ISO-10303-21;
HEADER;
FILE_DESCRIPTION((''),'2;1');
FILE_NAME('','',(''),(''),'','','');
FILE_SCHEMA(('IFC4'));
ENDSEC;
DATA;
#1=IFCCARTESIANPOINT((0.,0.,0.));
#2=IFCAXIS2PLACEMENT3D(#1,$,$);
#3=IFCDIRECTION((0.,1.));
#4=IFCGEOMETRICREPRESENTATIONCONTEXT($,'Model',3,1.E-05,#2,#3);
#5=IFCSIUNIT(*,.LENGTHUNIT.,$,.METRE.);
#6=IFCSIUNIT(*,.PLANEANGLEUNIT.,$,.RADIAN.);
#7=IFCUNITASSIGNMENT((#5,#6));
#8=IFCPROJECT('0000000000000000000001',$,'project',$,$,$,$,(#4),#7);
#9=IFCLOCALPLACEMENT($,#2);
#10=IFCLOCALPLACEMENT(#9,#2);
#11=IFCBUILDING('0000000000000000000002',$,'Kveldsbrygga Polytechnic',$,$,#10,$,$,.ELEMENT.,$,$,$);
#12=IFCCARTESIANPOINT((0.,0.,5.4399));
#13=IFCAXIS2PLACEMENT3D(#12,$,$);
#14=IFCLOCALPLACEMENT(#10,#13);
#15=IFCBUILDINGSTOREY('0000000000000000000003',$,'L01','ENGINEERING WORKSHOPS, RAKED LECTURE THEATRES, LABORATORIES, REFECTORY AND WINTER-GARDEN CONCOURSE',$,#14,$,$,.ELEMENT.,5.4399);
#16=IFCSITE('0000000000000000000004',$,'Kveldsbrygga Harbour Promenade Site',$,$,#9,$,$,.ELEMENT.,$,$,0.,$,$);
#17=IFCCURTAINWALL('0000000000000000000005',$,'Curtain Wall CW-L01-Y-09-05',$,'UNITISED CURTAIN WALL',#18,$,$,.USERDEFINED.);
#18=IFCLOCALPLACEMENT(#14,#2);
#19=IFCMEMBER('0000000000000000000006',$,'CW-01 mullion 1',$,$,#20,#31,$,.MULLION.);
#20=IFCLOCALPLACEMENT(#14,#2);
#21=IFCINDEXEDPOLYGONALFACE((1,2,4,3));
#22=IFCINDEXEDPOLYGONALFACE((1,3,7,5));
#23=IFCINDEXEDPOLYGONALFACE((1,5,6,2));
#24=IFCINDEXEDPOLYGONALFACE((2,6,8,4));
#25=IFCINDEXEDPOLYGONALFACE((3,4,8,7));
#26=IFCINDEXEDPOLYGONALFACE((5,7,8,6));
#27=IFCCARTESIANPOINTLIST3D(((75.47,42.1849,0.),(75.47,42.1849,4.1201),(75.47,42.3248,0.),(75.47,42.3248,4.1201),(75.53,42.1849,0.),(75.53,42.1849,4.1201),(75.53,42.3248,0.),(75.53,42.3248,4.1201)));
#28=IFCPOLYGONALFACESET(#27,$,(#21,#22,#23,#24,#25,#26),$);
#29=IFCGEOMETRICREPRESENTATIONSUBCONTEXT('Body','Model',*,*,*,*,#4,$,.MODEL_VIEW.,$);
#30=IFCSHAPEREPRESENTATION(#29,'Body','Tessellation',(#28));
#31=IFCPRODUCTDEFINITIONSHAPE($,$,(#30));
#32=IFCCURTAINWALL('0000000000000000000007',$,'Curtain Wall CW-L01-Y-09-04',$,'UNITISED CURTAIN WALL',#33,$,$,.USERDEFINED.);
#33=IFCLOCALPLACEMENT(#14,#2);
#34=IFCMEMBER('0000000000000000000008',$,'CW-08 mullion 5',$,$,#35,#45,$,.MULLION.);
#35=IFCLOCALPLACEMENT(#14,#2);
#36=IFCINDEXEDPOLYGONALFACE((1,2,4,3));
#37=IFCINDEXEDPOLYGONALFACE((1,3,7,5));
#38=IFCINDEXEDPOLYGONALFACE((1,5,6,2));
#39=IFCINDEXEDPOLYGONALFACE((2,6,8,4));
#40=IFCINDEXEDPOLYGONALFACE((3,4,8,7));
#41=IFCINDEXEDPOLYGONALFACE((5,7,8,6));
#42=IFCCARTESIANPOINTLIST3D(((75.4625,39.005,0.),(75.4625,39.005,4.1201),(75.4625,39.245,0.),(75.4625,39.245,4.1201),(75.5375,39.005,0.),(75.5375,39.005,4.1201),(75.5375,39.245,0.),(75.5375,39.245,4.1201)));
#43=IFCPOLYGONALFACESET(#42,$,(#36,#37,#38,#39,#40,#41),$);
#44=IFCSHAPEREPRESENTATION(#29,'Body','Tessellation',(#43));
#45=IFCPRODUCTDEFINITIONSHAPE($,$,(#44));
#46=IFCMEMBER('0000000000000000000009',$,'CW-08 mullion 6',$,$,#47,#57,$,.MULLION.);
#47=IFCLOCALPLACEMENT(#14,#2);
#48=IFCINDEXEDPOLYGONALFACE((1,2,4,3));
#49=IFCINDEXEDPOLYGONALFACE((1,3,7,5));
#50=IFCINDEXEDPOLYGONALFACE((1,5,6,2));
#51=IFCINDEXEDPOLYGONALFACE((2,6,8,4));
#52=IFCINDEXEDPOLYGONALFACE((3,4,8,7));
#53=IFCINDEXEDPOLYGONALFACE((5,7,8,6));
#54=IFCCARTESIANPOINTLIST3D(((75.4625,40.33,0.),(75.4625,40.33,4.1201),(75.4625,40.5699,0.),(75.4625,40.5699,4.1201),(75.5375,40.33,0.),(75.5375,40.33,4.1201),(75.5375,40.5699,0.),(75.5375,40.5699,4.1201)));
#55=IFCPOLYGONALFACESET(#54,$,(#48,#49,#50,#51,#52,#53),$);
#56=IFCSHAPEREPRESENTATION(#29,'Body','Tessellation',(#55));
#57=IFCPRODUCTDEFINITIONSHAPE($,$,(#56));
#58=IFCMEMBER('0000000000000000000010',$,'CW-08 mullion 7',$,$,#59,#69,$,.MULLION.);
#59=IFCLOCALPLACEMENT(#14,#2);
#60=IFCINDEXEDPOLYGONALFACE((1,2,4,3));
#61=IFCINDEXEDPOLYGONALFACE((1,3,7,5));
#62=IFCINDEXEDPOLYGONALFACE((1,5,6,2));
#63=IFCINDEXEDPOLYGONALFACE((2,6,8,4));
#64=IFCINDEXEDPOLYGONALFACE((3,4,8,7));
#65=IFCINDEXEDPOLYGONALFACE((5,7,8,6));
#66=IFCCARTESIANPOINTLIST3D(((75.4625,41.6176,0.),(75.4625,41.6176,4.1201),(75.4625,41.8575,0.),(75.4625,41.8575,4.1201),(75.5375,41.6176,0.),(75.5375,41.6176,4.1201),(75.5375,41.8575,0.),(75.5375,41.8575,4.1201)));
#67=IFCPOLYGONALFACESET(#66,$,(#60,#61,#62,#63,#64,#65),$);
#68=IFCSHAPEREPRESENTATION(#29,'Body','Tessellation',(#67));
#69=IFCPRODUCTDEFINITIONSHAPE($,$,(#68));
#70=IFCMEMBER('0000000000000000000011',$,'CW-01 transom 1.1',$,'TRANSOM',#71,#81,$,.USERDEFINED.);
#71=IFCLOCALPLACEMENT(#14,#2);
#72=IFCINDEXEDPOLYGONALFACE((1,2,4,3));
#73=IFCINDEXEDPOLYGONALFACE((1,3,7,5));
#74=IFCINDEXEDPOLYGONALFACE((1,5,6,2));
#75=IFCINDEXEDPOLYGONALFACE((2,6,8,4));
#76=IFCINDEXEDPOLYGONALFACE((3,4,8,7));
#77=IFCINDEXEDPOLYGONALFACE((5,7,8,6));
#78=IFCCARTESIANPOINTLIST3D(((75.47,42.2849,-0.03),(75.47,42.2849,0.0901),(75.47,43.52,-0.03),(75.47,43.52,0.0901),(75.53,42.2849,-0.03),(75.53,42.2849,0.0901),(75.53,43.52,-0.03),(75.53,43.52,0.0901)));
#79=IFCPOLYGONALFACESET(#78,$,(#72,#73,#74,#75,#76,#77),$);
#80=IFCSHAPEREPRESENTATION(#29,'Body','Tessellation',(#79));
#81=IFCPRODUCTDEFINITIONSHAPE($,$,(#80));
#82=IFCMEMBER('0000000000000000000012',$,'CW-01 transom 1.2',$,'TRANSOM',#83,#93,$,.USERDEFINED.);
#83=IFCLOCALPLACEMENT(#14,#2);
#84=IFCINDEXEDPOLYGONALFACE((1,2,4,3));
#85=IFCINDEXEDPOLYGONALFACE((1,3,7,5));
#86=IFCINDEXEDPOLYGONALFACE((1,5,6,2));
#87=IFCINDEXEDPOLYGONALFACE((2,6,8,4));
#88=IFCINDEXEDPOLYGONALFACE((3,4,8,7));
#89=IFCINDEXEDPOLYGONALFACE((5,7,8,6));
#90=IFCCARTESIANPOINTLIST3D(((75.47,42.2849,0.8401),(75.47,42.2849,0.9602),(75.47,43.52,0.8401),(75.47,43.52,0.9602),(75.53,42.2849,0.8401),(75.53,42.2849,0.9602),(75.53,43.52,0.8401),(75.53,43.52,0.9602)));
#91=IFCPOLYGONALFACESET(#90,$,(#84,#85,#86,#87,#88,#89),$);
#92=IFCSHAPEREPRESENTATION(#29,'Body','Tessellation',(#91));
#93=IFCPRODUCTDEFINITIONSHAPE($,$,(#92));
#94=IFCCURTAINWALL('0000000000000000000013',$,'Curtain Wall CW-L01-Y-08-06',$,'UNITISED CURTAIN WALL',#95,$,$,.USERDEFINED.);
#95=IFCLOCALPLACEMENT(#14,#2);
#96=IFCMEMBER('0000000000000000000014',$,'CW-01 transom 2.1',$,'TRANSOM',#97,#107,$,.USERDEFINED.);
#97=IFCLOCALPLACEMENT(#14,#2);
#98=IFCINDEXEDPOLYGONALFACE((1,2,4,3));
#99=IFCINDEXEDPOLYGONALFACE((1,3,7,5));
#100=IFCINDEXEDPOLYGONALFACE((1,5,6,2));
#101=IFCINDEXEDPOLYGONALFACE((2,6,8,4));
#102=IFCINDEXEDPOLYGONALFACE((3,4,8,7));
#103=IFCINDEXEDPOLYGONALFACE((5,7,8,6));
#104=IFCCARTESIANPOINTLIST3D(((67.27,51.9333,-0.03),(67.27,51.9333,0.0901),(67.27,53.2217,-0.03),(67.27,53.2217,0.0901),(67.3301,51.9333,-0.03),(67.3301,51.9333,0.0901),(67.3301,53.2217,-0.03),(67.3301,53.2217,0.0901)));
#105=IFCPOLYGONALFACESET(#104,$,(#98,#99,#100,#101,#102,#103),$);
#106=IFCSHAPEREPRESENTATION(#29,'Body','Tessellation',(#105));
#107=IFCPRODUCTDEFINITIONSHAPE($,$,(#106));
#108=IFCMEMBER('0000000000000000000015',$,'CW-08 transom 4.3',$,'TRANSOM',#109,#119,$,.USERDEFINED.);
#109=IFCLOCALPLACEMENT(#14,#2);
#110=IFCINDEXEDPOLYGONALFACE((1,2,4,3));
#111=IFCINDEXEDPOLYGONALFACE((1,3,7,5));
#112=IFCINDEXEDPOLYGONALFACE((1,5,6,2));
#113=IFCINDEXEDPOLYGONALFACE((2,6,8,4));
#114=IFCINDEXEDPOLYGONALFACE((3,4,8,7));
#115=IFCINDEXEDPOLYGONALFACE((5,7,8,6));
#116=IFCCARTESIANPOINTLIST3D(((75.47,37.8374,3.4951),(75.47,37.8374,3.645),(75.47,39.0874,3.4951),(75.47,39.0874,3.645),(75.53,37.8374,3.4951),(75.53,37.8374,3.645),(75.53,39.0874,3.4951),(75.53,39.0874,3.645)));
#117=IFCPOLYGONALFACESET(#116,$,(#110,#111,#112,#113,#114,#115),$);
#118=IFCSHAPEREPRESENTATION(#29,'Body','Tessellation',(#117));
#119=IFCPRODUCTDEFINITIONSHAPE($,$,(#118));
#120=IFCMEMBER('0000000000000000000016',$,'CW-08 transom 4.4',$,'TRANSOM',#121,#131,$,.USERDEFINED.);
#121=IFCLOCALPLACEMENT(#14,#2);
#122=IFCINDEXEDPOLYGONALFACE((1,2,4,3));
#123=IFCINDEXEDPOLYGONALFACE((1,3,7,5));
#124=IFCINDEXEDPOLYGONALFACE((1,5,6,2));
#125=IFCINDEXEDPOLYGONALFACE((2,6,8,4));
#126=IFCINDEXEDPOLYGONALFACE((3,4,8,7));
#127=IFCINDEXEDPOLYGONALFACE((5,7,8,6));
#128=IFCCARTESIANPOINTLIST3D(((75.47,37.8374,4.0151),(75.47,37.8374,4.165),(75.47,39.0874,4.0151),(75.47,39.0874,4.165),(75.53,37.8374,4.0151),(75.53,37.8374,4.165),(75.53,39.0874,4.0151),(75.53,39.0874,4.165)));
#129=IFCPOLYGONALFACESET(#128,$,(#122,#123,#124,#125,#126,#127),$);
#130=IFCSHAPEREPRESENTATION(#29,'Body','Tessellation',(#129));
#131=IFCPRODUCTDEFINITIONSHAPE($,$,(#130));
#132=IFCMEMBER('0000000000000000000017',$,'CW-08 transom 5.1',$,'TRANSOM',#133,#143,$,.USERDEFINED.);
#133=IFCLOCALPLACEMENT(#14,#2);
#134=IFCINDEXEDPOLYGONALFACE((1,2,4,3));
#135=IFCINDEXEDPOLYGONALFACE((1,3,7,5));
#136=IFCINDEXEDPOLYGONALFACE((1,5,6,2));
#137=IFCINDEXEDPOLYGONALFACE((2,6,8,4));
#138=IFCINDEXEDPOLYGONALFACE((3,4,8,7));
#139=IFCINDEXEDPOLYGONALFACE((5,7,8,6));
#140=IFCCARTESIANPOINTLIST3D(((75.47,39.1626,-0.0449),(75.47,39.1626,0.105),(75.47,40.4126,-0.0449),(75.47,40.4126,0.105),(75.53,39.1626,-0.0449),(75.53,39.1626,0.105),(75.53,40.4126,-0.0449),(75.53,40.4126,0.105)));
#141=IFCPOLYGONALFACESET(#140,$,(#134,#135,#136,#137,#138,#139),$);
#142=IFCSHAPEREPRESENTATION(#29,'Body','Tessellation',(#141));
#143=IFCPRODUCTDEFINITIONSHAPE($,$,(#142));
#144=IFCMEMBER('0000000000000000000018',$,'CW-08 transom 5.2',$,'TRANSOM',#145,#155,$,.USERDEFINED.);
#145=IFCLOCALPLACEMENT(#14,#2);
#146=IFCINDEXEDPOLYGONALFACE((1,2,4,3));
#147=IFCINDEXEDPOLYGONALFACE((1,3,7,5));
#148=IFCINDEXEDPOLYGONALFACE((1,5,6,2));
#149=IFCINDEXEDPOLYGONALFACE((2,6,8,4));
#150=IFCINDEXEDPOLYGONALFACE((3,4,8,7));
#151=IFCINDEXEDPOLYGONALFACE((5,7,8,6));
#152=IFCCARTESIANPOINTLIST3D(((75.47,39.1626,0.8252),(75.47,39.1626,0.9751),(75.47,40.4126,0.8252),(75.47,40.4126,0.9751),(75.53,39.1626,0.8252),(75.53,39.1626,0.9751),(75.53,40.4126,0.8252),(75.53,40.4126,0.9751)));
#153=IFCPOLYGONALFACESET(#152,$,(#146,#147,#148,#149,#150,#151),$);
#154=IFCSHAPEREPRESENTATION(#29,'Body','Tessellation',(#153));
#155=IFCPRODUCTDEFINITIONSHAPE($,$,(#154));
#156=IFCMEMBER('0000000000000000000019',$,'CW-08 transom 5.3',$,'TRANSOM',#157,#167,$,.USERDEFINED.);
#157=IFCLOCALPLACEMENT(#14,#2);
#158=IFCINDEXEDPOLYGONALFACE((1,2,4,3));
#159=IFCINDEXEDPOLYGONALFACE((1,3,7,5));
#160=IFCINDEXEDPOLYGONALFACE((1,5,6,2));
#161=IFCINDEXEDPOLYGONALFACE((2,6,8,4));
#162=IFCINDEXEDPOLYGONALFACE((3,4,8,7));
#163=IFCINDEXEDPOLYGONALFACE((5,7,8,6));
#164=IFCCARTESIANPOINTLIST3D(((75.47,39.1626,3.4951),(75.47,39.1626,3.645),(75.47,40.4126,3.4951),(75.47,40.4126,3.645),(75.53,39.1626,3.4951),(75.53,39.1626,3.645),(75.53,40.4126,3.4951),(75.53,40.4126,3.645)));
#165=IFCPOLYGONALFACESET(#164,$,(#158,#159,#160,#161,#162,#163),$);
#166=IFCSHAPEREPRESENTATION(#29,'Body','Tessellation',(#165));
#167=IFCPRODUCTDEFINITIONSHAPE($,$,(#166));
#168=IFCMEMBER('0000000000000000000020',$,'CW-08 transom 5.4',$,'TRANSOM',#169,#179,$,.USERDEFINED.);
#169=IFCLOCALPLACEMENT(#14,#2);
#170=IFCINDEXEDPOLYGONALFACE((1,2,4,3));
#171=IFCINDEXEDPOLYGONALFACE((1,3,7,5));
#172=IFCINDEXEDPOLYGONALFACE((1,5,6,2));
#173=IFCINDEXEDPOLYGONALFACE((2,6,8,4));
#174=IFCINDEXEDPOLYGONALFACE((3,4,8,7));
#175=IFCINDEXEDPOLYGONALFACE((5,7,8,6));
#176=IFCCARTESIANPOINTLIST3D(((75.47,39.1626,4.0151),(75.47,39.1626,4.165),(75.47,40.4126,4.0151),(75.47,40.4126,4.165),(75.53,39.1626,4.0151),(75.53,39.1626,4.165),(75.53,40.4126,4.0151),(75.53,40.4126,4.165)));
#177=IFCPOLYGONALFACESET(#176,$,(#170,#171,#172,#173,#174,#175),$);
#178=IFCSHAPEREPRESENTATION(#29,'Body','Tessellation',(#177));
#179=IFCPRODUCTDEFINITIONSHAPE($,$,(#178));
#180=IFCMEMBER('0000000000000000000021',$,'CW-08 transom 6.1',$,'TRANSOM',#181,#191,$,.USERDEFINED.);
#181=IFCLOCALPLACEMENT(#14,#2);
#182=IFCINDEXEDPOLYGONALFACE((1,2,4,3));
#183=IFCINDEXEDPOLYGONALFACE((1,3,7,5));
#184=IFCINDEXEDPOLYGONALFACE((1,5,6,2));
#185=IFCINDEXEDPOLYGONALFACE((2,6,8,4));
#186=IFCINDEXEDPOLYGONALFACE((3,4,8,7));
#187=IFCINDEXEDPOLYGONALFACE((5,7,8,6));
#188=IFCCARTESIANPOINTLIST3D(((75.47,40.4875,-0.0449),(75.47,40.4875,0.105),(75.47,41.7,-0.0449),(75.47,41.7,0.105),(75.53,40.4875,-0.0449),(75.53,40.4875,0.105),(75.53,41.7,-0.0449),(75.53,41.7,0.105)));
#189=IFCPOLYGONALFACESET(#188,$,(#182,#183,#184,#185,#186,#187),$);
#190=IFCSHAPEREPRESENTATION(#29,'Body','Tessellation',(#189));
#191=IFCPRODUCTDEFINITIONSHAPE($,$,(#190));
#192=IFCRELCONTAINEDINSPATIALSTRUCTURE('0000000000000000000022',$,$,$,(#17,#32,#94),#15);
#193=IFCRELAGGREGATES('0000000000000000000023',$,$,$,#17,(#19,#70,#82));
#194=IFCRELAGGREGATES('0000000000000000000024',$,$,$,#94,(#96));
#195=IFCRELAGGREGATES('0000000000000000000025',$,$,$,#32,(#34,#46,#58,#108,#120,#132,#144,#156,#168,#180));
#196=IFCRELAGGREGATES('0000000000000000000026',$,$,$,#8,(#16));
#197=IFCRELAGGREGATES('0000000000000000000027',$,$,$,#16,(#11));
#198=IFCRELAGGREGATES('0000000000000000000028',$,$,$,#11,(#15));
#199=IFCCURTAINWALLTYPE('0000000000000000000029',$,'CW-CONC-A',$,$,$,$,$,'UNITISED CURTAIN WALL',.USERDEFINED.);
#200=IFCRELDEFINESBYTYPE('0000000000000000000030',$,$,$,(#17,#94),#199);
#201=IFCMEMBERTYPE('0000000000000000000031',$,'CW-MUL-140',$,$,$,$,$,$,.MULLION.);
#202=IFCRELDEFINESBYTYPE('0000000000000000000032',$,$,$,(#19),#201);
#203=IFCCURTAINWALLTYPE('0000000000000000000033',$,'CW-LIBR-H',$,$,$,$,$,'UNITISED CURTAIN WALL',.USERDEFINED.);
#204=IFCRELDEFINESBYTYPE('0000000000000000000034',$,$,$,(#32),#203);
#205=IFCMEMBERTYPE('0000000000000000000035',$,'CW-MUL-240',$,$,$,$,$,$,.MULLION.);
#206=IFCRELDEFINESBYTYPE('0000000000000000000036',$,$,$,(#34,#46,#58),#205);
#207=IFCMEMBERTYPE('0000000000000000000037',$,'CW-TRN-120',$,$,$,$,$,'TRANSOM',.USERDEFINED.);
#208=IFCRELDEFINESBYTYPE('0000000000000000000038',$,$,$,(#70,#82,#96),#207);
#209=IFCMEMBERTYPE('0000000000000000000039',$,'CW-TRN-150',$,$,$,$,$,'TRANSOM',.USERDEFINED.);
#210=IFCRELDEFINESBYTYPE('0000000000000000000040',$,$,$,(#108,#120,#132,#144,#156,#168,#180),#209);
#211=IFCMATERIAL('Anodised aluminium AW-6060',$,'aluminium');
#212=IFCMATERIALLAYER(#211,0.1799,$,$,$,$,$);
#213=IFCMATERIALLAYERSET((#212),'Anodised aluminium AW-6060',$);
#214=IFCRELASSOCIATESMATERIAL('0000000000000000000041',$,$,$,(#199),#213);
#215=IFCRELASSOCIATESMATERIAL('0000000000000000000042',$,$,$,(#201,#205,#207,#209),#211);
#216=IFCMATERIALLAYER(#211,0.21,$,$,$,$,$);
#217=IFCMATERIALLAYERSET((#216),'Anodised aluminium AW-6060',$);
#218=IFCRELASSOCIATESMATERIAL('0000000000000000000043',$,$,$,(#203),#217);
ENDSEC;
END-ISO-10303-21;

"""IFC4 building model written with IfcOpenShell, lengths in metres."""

from ifc_helpers import new_model, si_unit, direction, frame, origin, origin_2d, place, context, subcontext, project, spatial, rectangle, extrude, material, layer, layer_set, material_profile, profile_set, type_object, element, aggregate, save


model = new_model("IFC4")

# Units and contexts
model_context = context("Model", 3, precision=1e-05, world=origin(), true_north=direction((0.0, 1.0)))
body_context = subcontext(model_context, "Body", "Model", "MODEL_VIEW")
ifc_project = project(units=[si_unit("LENGTHUNIT", "METRE"), si_unit("PLANEANGLEUNIT", "RADIAN")], contexts=[model_context])

# Site, building, storey
site_placement = place(None, origin())
site = spatial("IfcSite", under=ifc_project, at=site_placement, Name="Kveldsbrygga Harbour Promenade Site", CompositionType="ELEMENT", RefElevation=0.0)
building_placement = place(site_placement, origin())
building = spatial("IfcBuilding", under=site, at=building_placement, Name="Kveldsbrygga Polytechnic", CompositionType="ELEMENT")
storey_placement = place(building_placement, frame((0.0, 0.0, 5.4399)))
storey = spatial("IfcBuildingStorey", under=building, at=storey_placement, Name="L01", Description="ENGINEERING WORKSHOPS, RAKED LECTURE THEATRES, LABORATORIES, REFECTORY AND WINTER-GARDEN CONCOURSE", CompositionType="ELEMENT", Elevation=5.4399)

# Curtain wall, member
ifc_material_1 = material(Name="Anodised aluminium AW-6060", Category="aluminium")
ifc_layer_1 = layer(ifc_material_1, 0.1799)
ifc_layer_set_1 = layer_set([ifc_layer_1], Name="Anodised aluminium AW-6060")
curtain_wall_type_1 = type_object("IfcCurtainWallType", Name="CW-CONC-A", ElementType="UNITISED CURTAIN WALL", PredefinedType="USERDEFINED", material=ifc_layer_set_1)
curtain_wall_1_placement = place(storey_placement, origin())
curtain_wall_1 = element("IfcCurtainWall", 1, at=curtain_wall_1_placement, inside=storey, type_object=curtain_wall_type_1, Name="Curtain Wall CW-L01-Y-09-05", ObjectType="UNITISED CURTAIN WALL", PredefinedType="USERDEFINED")
ifc_material_profile_1 = material_profile(ifc_material_1, rectangle(XDim=0.0601, YDim=0.1399, at=origin_2d()), Name="ALU 60x140")
ifc_profile_set_1 = profile_set([ifc_material_profile_1], Name="Anodised aluminium AW-6060")
member_type_1 = type_object("IfcMemberType", Name="CW-MUL-140", PredefinedType="MULLION", material=ifc_profile_set_1)
member_1_placement = place(storey_placement, frame((75.5, 42.2549, 0.0), z_axis=(0.0, 0.0, 1.0), x_axis=(-1.0, 0.0, 0.0)))
member_1 = element("IfcMember", 2, at=member_1_placement, type_object=member_type_1, Name="CW-01 mullion 1", PredefinedType="MULLION", context=body_context, shape_type="SweptSolid", body=[
    extrude(rectangle(XDim=0.0601, YDim=0.1399, at=origin_2d()), origin(), (0.0, 0.0, 1.0), 4.1201),
])

# Curtain wall, members
ifc_layer_2 = layer(ifc_material_1, 0.21)
ifc_layer_set_2 = layer_set([ifc_layer_2], Name="Anodised aluminium AW-6060")
curtain_wall_type_2 = type_object("IfcCurtainWallType", Name="CW-LIBR-H", ElementType="UNITISED CURTAIN WALL", PredefinedType="USERDEFINED", material=ifc_layer_set_2)
curtain_wall_2_placement = place(storey_placement, origin())
curtain_wall_2 = element("IfcCurtainWall", 3, at=curtain_wall_2_placement, inside=storey, type_object=curtain_wall_type_2, Name="Curtain Wall CW-L01-Y-09-04", ObjectType="UNITISED CURTAIN WALL", PredefinedType="USERDEFINED")
ifc_material_profile_2 = material_profile(ifc_material_1, rectangle(XDim=0.075, YDim=0.24, at=origin_2d()), Name="ALU 75x240")
ifc_profile_set_2 = profile_set([ifc_material_profile_2], Name="Anodised aluminium AW-6060")
member_type_2 = type_object("IfcMemberType", Name="CW-MUL-240", PredefinedType="MULLION", material=ifc_profile_set_2)
member_2_placement = place(storey_placement, frame((75.5, 39.125, 0.0), z_axis=(0.0, 0.0, 1.0), x_axis=(-1.0, 0.0, 0.0)))
member_2 = element("IfcMember", 4, at=member_2_placement, type_object=member_type_2, Name="CW-08 mullion 5", PredefinedType="MULLION", context=body_context, shape_type="SweptSolid", body=[
    extrude(rectangle(XDim=0.075, YDim=0.24, at=origin_2d()), origin(), (0.0, 0.0, 1.0), 4.1201),
])
member_3_placement = place(storey_placement, frame((75.5, 40.45, 0.0), z_axis=(0.0, 0.0, 1.0), x_axis=(-1.0, 0.0, 0.0)))
member_3 = element("IfcMember", 5, at=member_3_placement, type_object=member_type_2, Name="CW-08 mullion 6", PredefinedType="MULLION", context=body_context, shape_type="SweptSolid", body=[
    extrude(rectangle(XDim=0.075, YDim=0.24, at=origin_2d()), origin(), (0.0, 0.0, 1.0), 4.1201),
])
member_4_placement = place(storey_placement, frame((75.5, 41.7375, 0.0), z_axis=(0.0, 0.0, 1.0), x_axis=(-1.0, 0.0, 0.0)))
member_4 = element("IfcMember", 6, at=member_4_placement, type_object=member_type_2, Name="CW-08 mullion 7", PredefinedType="MULLION", context=body_context, shape_type="SweptSolid", body=[
    extrude(rectangle(XDim=0.075, YDim=0.24, at=origin_2d()), origin(), (0.0, 0.0, 1.0), 4.1201),
])

# Members
ifc_material_profile_3 = material_profile(ifc_material_1, rectangle(XDim=0.0601, YDim=0.1201, at=origin_2d()), Name="ALU 60x120")
ifc_profile_set_3 = profile_set([ifc_material_profile_3], Name="Anodised aluminium AW-6060")
member_type_3 = type_object("IfcMemberType", Name="CW-TRN-120", ElementType="TRANSOM", PredefinedType="USERDEFINED", material=ifc_profile_set_3)
member_5_placement = place(storey_placement, frame((75.5, 42.2849, 0.03), z_axis=(0.0, 1.0, 0.0), x_axis=(-1.0, 0.0, 0.0)))
member_5 = element("IfcMember", 7, at=member_5_placement, type_object=member_type_3, Name="CW-01 transom 1.1", ObjectType="TRANSOM", PredefinedType="USERDEFINED", context=body_context, shape_type="SweptSolid", body=[
    extrude(rectangle(XDim=0.0601, YDim=0.1201, at=origin_2d()), origin(), (0.0, 0.0, 1.0), 1.2351),
])
member_6_placement = place(storey_placement, frame((75.5, 42.2849, 0.9001), z_axis=(0.0, 1.0, 0.0), x_axis=(-1.0, 0.0, 0.0)))
member_6 = element("IfcMember", 8, at=member_6_placement, type_object=member_type_3, Name="CW-01 transom 1.2", ObjectType="TRANSOM", PredefinedType="USERDEFINED", context=body_context, shape_type="SweptSolid", body=[
    extrude(rectangle(XDim=0.0601, YDim=0.1201, at=origin_2d()), origin(), (0.0, 0.0, 1.0), 1.2351),
])
aggregate(curtain_wall_1, [member_1, member_5, member_6])

# Curtain wall, member
curtain_wall_3_placement = place(storey_placement, origin())
curtain_wall_3 = element("IfcCurtainWall", 9, at=curtain_wall_3_placement, inside=storey, type_object=curtain_wall_type_1, Name="Curtain Wall CW-L01-Y-08-06", ObjectType="UNITISED CURTAIN WALL", PredefinedType="USERDEFINED")
member_7_placement = place(storey_placement, frame((67.3, 51.9333, 0.03), z_axis=(0.0, 1.0, 0.0), x_axis=(-1.0, 0.0, 0.0)))
member_7 = element("IfcMember", 10, at=member_7_placement, type_object=member_type_3, Name="CW-01 transom 2.1", ObjectType="TRANSOM", PredefinedType="USERDEFINED", context=body_context, shape_type="SweptSolid", body=[
    extrude(rectangle(XDim=0.0601, YDim=0.1201, at=origin_2d()), origin(), (0.0, 0.0, 1.0), 1.2883),
])

# Members
ifc_material_profile_4 = material_profile(ifc_material_1, rectangle(XDim=0.0601, YDim=0.1499, at=origin_2d()), Name="ALU 60x150")
ifc_profile_set_4 = profile_set([ifc_material_profile_4], Name="Anodised aluminium AW-6060")
member_type_4 = type_object("IfcMemberType", Name="CW-TRN-150", ElementType="TRANSOM", PredefinedType="USERDEFINED", material=ifc_profile_set_4)
member_8_placement = place(storey_placement, frame((75.5, 37.8374, 3.5701), z_axis=(0.0, 1.0, 0.0), x_axis=(-1.0, 0.0, 0.0)))
member_8 = element("IfcMember", 11, at=member_8_placement, type_object=member_type_4, Name="CW-08 transom 4.3", ObjectType="TRANSOM", PredefinedType="USERDEFINED", context=body_context, shape_type="SweptSolid", body=[
    extrude(rectangle(XDim=0.0601, YDim=0.1499, at=origin_2d()), origin(), (0.0, 0.0, 1.0), 1.25),
])
member_9_placement = place(storey_placement, frame((75.5, 37.8374, 4.0901), z_axis=(0.0, 1.0, 0.0), x_axis=(-1.0, 0.0, 0.0)))
member_9 = element("IfcMember", 12, at=member_9_placement, type_object=member_type_4, Name="CW-08 transom 4.4", ObjectType="TRANSOM", PredefinedType="USERDEFINED", context=body_context, shape_type="SweptSolid", body=[
    extrude(rectangle(XDim=0.0601, YDim=0.1499, at=origin_2d()), origin(), (0.0, 0.0, 1.0), 1.25),
])
member_10_placement = place(storey_placement, frame((75.5, 39.1626, 0.03), z_axis=(0.0, 1.0, 0.0), x_axis=(-1.0, 0.0, 0.0)))
member_10 = element("IfcMember", 13, at=member_10_placement, type_object=member_type_4, Name="CW-08 transom 5.1", ObjectType="TRANSOM", PredefinedType="USERDEFINED", context=body_context, shape_type="SweptSolid", body=[
    extrude(rectangle(XDim=0.0601, YDim=0.1499, at=origin_2d()), origin(), (0.0, 0.0, 1.0), 1.25),
])
member_11_placement = place(storey_placement, frame((75.5, 39.1626, 0.9001), z_axis=(0.0, 1.0, 0.0), x_axis=(-1.0, 0.0, 0.0)))
member_11 = element("IfcMember", 14, at=member_11_placement, type_object=member_type_4, Name="CW-08 transom 5.2", ObjectType="TRANSOM", PredefinedType="USERDEFINED", context=body_context, shape_type="SweptSolid", body=[
    extrude(rectangle(XDim=0.0601, YDim=0.1499, at=origin_2d()), origin(), (0.0, 0.0, 1.0), 1.25),
])
member_12_placement = place(storey_placement, frame((75.5, 39.1626, 3.5701), z_axis=(0.0, 1.0, 0.0), x_axis=(-1.0, 0.0, 0.0)))
member_12 = element("IfcMember", 15, at=member_12_placement, type_object=member_type_4, Name="CW-08 transom 5.3", ObjectType="TRANSOM", PredefinedType="USERDEFINED", context=body_context, shape_type="SweptSolid", body=[
    extrude(rectangle(XDim=0.0601, YDim=0.1499, at=origin_2d()), origin(), (0.0, 0.0, 1.0), 1.25),
])
member_13_placement = place(storey_placement, frame((75.5, 39.1626, 4.0901), z_axis=(0.0, 1.0, 0.0), x_axis=(-1.0, 0.0, 0.0)))
member_13 = element("IfcMember", 16, at=member_13_placement, type_object=member_type_4, Name="CW-08 transom 5.4", ObjectType="TRANSOM", PredefinedType="USERDEFINED", context=body_context, shape_type="SweptSolid", body=[
    extrude(rectangle(XDim=0.0601, YDim=0.1499, at=origin_2d()), origin(), (0.0, 0.0, 1.0), 1.25),
])
member_14_placement = place(storey_placement, frame((75.5, 40.4875, 0.03), z_axis=(0.0, 1.0, 0.0), x_axis=(-1.0, 0.0, 0.0)))
member_14 = element("IfcMember", 17, at=member_14_placement, type_object=member_type_4, Name="CW-08 transom 6.1", ObjectType="TRANSOM", PredefinedType="USERDEFINED", context=body_context, shape_type="SweptSolid", body=[
    extrude(rectangle(XDim=0.0601, YDim=0.1499, at=origin_2d()), origin(), (0.0, 0.0, 1.0), 1.2124),
])

aggregate(curtain_wall_3, [member_7])
aggregate(curtain_wall_2, [member_2, member_3, member_4, member_8, member_9, member_10, member_11, member_12, member_13, member_14])

save(model, "model.ifc")
